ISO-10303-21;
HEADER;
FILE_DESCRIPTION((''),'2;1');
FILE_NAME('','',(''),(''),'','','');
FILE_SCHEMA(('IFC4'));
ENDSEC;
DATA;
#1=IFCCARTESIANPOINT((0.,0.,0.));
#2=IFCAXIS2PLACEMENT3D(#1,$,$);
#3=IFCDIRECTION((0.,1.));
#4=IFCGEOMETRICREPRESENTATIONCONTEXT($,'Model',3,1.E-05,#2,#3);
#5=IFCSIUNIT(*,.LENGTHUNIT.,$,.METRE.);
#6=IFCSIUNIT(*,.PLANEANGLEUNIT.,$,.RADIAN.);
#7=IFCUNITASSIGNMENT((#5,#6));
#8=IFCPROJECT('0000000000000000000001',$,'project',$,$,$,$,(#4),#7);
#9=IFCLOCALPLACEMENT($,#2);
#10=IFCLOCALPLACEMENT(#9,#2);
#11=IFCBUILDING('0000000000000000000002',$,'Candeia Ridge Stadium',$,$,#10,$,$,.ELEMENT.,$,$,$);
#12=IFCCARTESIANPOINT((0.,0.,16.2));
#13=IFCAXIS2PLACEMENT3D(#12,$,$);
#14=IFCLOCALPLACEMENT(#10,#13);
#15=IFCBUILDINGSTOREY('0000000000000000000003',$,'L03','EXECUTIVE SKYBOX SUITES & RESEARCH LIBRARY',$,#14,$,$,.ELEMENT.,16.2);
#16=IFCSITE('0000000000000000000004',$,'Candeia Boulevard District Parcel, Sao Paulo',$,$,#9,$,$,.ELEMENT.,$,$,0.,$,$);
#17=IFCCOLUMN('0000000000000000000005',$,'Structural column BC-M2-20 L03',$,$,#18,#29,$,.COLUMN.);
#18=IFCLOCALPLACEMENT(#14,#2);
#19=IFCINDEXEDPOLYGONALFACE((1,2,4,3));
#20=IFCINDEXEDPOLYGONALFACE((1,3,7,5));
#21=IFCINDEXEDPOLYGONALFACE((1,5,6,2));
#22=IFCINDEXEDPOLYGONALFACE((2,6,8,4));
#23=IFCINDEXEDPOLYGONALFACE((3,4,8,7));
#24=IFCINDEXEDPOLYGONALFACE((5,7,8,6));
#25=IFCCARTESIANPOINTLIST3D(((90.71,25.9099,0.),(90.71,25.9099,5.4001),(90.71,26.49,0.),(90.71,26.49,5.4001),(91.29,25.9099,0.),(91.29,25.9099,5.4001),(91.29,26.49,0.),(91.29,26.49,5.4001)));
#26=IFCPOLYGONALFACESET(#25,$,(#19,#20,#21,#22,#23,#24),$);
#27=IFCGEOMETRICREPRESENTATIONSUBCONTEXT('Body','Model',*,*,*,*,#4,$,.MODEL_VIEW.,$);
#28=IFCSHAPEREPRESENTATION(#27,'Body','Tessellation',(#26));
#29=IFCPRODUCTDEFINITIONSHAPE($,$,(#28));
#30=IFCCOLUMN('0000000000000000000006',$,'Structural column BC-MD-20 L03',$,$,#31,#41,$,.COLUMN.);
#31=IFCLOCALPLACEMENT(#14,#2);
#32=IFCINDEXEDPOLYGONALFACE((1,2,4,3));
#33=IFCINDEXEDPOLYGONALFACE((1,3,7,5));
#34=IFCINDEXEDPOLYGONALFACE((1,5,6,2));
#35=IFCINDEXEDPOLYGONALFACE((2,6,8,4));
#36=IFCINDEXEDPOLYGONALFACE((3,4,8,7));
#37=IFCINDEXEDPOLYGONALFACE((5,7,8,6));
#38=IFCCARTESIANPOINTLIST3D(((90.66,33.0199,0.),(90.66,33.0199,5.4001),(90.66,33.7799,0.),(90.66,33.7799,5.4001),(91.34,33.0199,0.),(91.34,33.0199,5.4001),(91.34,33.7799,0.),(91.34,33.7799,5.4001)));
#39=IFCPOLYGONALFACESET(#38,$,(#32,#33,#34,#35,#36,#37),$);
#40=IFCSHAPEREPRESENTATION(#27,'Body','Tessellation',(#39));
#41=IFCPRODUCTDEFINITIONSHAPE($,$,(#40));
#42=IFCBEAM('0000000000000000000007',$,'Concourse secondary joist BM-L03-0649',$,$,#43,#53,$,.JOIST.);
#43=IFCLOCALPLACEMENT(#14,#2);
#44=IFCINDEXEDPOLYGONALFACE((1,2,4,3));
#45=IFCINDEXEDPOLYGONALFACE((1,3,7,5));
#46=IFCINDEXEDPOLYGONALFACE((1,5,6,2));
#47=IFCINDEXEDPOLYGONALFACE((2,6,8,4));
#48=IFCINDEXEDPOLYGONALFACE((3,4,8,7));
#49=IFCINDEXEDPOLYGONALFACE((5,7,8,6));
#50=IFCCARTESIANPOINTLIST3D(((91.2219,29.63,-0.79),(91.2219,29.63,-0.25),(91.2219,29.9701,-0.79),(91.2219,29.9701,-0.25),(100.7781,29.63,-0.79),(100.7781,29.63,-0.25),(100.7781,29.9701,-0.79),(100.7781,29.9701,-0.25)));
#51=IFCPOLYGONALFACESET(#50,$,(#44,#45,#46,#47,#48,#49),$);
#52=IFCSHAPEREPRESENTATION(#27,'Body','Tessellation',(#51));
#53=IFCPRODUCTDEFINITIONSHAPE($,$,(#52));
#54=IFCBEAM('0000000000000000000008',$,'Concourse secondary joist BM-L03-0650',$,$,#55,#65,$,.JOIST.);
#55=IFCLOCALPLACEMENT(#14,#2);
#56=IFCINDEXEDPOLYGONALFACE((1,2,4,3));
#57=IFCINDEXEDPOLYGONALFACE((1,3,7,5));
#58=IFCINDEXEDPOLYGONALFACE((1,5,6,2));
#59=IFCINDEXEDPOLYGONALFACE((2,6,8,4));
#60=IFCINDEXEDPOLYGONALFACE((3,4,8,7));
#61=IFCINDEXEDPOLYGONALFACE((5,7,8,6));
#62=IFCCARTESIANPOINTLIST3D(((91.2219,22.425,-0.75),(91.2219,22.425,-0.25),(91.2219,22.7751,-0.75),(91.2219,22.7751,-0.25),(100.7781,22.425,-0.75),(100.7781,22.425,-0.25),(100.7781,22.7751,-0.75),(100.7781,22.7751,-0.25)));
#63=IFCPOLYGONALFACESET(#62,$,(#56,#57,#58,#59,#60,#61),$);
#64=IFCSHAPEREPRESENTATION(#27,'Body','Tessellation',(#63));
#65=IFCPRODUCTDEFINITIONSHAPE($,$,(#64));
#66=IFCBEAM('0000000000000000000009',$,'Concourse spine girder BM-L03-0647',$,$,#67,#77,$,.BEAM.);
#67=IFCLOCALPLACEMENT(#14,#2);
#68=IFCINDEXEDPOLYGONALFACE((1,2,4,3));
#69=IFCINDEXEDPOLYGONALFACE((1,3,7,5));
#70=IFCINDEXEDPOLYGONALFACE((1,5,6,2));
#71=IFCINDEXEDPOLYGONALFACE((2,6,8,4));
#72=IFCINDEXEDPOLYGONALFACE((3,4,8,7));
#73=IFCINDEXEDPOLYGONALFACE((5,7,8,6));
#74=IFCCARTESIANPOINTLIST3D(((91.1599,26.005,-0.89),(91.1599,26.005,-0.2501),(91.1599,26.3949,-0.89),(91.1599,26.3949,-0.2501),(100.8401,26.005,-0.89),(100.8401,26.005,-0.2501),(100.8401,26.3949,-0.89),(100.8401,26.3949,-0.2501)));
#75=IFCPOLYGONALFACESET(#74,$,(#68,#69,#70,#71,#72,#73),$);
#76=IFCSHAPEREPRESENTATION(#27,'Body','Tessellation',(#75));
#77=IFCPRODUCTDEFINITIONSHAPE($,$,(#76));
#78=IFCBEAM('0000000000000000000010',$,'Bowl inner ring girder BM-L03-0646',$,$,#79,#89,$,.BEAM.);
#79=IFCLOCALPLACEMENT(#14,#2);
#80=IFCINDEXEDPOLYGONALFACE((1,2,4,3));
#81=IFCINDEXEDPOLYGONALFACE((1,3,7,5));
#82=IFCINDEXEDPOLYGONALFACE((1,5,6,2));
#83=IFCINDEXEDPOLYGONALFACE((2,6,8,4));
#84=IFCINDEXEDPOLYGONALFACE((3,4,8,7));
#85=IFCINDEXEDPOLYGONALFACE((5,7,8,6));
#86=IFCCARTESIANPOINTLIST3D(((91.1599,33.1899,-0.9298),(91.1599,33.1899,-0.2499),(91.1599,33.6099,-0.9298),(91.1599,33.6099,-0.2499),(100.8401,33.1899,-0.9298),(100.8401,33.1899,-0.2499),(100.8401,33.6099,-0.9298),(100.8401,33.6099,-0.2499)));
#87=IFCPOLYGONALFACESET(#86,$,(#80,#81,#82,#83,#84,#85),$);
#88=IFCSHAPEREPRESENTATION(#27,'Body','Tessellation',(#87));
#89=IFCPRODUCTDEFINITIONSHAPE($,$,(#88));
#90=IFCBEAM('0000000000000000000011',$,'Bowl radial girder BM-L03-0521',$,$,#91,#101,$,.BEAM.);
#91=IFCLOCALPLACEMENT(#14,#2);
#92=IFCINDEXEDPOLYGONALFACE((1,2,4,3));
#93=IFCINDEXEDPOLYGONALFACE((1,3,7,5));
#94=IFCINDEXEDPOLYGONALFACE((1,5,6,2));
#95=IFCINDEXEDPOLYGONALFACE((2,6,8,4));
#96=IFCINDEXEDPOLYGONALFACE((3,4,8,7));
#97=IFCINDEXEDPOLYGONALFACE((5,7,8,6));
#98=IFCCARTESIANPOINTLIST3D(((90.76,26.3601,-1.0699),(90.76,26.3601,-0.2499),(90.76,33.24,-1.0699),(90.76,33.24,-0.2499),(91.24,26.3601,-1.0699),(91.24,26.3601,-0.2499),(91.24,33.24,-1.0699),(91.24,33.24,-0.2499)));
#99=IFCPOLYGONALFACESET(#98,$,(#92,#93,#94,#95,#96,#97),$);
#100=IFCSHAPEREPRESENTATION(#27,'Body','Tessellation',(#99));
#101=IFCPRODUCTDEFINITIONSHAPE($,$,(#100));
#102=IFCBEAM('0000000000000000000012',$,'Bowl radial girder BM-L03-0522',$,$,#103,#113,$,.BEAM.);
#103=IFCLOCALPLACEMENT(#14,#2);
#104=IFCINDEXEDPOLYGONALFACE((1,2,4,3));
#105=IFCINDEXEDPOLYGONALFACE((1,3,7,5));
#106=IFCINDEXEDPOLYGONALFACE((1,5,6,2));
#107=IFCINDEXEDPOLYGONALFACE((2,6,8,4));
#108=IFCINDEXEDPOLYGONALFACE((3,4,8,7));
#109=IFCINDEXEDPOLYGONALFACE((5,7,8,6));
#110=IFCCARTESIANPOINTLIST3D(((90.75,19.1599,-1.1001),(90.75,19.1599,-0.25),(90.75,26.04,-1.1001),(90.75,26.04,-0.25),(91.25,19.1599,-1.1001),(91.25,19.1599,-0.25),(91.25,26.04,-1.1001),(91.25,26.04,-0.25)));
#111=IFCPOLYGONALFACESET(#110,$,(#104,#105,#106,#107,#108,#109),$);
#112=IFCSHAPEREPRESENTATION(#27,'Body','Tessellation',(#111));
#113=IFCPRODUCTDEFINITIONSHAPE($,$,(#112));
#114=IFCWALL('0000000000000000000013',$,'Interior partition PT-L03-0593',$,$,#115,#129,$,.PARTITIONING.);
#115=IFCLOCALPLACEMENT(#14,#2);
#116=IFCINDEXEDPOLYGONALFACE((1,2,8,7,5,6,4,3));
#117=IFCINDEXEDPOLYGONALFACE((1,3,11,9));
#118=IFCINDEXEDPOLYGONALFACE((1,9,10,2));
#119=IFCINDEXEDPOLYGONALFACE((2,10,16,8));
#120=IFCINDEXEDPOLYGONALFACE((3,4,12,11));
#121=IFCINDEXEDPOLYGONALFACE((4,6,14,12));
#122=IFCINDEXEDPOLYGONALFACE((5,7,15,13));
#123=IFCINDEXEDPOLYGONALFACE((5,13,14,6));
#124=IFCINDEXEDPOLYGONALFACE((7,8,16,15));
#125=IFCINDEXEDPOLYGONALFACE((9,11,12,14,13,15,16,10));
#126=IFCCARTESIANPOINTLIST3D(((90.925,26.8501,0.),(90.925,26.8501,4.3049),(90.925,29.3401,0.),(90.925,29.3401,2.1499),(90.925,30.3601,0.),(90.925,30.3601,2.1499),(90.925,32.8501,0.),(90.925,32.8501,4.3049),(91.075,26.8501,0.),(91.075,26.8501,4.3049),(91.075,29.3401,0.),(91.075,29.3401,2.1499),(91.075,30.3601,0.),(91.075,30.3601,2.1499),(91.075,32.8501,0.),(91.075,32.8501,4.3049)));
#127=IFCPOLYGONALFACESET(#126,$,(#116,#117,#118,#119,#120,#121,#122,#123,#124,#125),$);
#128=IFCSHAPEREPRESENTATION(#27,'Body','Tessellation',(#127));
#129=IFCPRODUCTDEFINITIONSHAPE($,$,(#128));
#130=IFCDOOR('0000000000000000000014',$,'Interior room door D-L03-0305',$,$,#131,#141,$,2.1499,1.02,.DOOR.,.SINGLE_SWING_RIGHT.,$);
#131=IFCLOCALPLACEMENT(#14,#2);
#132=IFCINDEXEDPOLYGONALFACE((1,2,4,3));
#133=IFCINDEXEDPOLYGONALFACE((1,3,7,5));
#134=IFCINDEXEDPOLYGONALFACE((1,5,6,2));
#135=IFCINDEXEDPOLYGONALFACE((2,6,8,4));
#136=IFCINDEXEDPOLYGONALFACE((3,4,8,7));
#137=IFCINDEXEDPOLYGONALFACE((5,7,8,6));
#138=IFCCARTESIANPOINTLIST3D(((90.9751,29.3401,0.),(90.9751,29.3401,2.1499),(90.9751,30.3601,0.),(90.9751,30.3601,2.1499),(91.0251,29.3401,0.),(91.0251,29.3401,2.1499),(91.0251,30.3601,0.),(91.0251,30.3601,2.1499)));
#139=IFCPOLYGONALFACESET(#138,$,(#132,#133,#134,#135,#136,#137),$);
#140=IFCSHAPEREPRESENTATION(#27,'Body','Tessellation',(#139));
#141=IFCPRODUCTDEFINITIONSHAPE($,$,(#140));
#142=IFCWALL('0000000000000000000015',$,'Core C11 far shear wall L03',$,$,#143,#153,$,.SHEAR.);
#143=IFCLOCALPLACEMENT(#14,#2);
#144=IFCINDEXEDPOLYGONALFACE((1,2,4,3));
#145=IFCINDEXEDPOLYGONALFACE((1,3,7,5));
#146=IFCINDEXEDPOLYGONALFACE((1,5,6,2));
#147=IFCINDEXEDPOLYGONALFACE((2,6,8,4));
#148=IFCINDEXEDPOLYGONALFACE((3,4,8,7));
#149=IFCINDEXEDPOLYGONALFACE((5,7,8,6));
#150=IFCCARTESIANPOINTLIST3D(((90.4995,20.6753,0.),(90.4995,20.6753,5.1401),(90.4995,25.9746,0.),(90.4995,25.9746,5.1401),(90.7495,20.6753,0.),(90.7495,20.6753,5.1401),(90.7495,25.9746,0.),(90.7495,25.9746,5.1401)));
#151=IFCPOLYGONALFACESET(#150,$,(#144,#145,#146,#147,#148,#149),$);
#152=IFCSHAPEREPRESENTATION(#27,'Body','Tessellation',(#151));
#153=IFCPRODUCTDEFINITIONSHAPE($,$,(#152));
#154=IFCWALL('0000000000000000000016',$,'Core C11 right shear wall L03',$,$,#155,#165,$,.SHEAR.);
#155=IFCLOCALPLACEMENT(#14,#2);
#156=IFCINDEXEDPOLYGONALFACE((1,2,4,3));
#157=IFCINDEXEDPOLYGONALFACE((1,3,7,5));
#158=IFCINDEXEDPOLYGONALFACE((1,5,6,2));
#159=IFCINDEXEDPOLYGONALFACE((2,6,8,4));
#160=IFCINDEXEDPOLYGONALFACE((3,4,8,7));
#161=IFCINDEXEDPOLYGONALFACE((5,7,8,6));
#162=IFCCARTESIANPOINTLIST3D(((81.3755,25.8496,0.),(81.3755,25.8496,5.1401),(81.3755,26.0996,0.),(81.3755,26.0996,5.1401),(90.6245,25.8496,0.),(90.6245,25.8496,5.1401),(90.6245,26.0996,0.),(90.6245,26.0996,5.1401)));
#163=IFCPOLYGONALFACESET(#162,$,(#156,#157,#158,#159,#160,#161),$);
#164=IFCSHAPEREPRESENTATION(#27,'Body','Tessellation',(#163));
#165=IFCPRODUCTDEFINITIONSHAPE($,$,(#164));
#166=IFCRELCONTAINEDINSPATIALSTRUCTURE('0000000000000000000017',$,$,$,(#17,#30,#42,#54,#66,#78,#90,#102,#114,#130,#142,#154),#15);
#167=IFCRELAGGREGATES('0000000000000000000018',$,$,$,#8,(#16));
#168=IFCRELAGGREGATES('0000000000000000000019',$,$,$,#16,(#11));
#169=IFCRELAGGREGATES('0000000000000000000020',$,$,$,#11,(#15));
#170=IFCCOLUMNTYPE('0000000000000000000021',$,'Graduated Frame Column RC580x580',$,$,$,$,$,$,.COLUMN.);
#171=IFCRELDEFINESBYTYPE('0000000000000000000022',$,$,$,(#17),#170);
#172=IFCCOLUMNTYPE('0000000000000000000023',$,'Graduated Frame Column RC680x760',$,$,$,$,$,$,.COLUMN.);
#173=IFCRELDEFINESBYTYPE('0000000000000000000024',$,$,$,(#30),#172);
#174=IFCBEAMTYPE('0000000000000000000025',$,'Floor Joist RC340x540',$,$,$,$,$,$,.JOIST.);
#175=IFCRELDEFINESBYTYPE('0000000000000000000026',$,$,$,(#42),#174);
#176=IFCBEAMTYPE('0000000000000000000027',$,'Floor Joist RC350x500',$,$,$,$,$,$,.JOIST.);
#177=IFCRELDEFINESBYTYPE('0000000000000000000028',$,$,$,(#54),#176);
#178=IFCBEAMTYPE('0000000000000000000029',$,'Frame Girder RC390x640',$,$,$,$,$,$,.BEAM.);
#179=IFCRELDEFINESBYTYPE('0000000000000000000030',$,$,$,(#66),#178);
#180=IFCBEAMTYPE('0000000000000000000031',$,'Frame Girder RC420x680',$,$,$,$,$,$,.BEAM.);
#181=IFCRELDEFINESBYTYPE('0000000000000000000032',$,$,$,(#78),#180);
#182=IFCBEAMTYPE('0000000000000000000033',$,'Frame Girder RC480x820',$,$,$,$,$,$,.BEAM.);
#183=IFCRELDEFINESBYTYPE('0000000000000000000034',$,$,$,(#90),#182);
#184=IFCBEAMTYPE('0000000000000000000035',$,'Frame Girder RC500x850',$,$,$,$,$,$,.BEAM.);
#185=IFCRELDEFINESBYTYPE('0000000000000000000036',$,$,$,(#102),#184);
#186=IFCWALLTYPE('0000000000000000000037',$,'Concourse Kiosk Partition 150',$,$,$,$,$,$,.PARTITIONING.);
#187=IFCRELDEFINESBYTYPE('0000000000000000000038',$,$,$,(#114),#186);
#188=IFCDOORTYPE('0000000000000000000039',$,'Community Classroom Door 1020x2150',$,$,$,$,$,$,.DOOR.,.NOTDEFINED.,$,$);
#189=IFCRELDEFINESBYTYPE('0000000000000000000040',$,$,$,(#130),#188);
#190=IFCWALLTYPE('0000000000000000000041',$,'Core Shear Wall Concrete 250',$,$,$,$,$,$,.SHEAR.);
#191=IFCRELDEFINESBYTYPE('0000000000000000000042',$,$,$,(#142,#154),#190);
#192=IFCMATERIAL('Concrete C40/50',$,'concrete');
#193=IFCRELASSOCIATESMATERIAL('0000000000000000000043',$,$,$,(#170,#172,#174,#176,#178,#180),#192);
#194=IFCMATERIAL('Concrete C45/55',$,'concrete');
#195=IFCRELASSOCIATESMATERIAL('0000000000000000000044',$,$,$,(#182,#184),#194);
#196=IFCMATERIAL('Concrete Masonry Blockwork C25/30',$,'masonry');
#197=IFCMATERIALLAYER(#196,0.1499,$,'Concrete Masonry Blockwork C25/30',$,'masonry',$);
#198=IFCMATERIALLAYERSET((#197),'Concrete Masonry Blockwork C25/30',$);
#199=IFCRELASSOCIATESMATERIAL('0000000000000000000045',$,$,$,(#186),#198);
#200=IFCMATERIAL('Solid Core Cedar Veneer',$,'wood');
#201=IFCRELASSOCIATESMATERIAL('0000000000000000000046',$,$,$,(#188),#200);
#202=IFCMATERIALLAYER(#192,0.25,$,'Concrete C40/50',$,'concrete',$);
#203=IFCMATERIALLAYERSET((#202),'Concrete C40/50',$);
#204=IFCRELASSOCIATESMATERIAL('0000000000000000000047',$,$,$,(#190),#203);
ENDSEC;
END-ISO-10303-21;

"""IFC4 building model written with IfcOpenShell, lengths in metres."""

from ifc_helpers import new_model, si_unit, direction, frame, frame_2d, origin, origin_2d, place, context, subcontext, project, spatial, rectangle, extrude, material, layer, layer_set, material_profile, profile_set, type_object, element, fill, save


model = new_model("IFC4")

# Units and contexts
model_context = context("Model", 3, precision=1e-05, world=origin(), true_north=direction((0.0, 1.0)))
body_context = subcontext(model_context, "Body", "Model", "MODEL_VIEW")
ifc_project = project(units=[si_unit("LENGTHUNIT", "METRE"), si_unit("PLANEANGLEUNIT", "RADIAN")], contexts=[model_context])

# Site, building, storey
site_placement = place(None, origin())
site = spatial("IfcSite", under=ifc_project, at=site_placement, Name="Candeia Boulevard District Parcel, Sao Paulo", CompositionType="ELEMENT", RefElevation=0.0)
building_placement = place(site_placement, origin())
building = spatial("IfcBuilding", under=site, at=building_placement, Name="Candeia Ridge Stadium", CompositionType="ELEMENT")
storey_placement = place(building_placement, frame((0.0, 0.0, 16.2)))
storey = spatial("IfcBuildingStorey", under=building, at=storey_placement, Name="L03", Description="EXECUTIVE SKYBOX SUITES & RESEARCH LIBRARY", CompositionType="ELEMENT", Elevation=16.2)

# Columns
ifc_material_1 = material(Name="Concrete C40/50", Category="concrete")
ifc_material_profile_1 = material_profile(ifc_material_1, rectangle(XDim=0.5801, YDim=0.5801, at=origin_2d()), Name="RC580x580", Category="concrete")
ifc_profile_set_1 = profile_set([ifc_material_profile_1], Name="Concrete C40/50")
column_type_1 = type_object("IfcColumnType", Name="Graduated Frame Column RC580x580", PredefinedType="COLUMN", material=ifc_profile_set_1)
column_1_placement = place(storey_placement, frame((91.0, 26.2, 0.0), z_axis=(0.0, 0.0, 1.0), x_axis=(1.0, 0.0, 0.0)))
element("IfcColumn", 1, at=column_1_placement, inside=storey, type_object=column_type_1, Name="Structural column BC-M2-20 L03", PredefinedType="COLUMN", context=body_context, shape_type="SweptSolid", body=[
    extrude(rectangle(XDim=0.5801, YDim=0.5801, at=origin_2d()), origin(), (0.0, 0.0, 1.0), 5.4001),
])
ifc_material_profile_2 = material_profile(ifc_material_1, rectangle(XDim=0.6799, YDim=0.76, at=origin_2d()), Name="RC680x760", Category="concrete")
ifc_profile_set_2 = profile_set([ifc_material_profile_2], Name="Concrete C40/50")
column_type_2 = type_object("IfcColumnType", Name="Graduated Frame Column RC680x760", PredefinedType="COLUMN", material=ifc_profile_set_2)
column_2_placement = place(storey_placement, frame((91.0, 33.3999, 0.0), z_axis=(0.0, 0.0, 1.0), x_axis=(1.0, 0.0, 0.0)))
element("IfcColumn", 2, at=column_2_placement, inside=storey, type_object=column_type_2, Name="Structural column BC-MD-20 L03", PredefinedType="COLUMN", context=body_context, shape_type="SweptSolid", body=[
    extrude(rectangle(XDim=0.6799, YDim=0.76, at=origin_2d()), origin(), (0.0, 0.0, 1.0), 5.4001),
])

# Beams
ifc_material_profile_3 = material_profile(ifc_material_1, rectangle(XDim=0.3401, YDim=0.54, at=origin_2d()), Name="RC340x540", Category="concrete")
ifc_profile_set_3 = profile_set([ifc_material_profile_3], Name="Concrete C40/50")
beam_type_1 = type_object("IfcBeamType", Name="Floor Joist RC340x540", PredefinedType="JOIST", material=ifc_profile_set_3)
beam_1_placement = place(storey_placement, frame((91.2219, 29.8, -0.52), z_axis=(1.0, 0.0, 0.0), x_axis=(0.0, 1.0, 0.0)))
element("IfcBeam", 3, at=beam_1_placement, inside=storey, type_object=beam_type_1, Name="Concourse secondary joist BM-L03-0649", PredefinedType="JOIST", context=body_context, shape_type="SweptSolid", body=[
    extrude(rectangle(XDim=0.3401, YDim=0.54, at=origin_2d()), origin(), (0.0, 0.0, 1.0), 9.5562),
])
ifc_material_profile_4 = material_profile(ifc_material_1, rectangle(XDim=0.3501, YDim=0.5, at=origin_2d()), Name="RC350x500", Category="concrete")
ifc_profile_set_4 = profile_set([ifc_material_profile_4], Name="Concrete C40/50")
beam_type_2 = type_object("IfcBeamType", Name="Floor Joist RC350x500", PredefinedType="JOIST", material=ifc_profile_set_4)
beam_2_placement = place(storey_placement, frame((91.2219, 22.6001, -0.5), z_axis=(1.0, 0.0, 0.0), x_axis=(0.0, 1.0, 0.0)))
element("IfcBeam", 4, at=beam_2_placement, inside=storey, type_object=beam_type_2, Name="Concourse secondary joist BM-L03-0650", PredefinedType="JOIST", context=body_context, shape_type="SweptSolid", body=[
    extrude(rectangle(XDim=0.3501, YDim=0.5, at=origin_2d()), origin(), (0.0, 0.0, 1.0), 9.5562),
])
ifc_material_profile_5 = material_profile(ifc_material_1, rectangle(XDim=0.3899, YDim=0.6399, at=origin_2d()), Name="RC390x640", Category="concrete")
ifc_profile_set_5 = profile_set([ifc_material_profile_5], Name="Concrete C40/50")
beam_type_3 = type_object("IfcBeamType", Name="Frame Girder RC390x640", PredefinedType="BEAM", material=ifc_profile_set_5)
beam_3_placement = place(storey_placement, frame((91.1599, 26.2, -0.5701), z_axis=(1.0, 0.0, 0.0), x_axis=(0.0, 1.0, 0.0)))
element("IfcBeam", 5, at=beam_3_placement, inside=storey, type_object=beam_type_3, Name="Concourse spine girder BM-L03-0647", PredefinedType="BEAM", context=body_context, shape_type="SweptSolid", body=[
    extrude(rectangle(XDim=0.3899, YDim=0.6399, at=origin_2d()), origin(), (0.0, 0.0, 1.0), 9.6802),
])
ifc_material_profile_6 = material_profile(ifc_material_1, rectangle(XDim=0.4199, YDim=0.6799, at=origin_2d()), Name="RC420x680", Category="concrete")
ifc_profile_set_6 = profile_set([ifc_material_profile_6], Name="Concrete C40/50")
beam_type_4 = type_object("IfcBeamType", Name="Frame Girder RC420x680", PredefinedType="BEAM", material=ifc_profile_set_6)
beam_4_placement = place(storey_placement, frame((91.1599, 33.3999, -0.5898), z_axis=(1.0, 0.0, 0.0), x_axis=(0.0, 1.0, 0.0)))
element("IfcBeam", 6, at=beam_4_placement, inside=storey, type_object=beam_type_4, Name="Bowl inner ring girder BM-L03-0646", PredefinedType="BEAM", context=body_context, shape_type="SweptSolid", body=[
    extrude(rectangle(XDim=0.4199, YDim=0.6799, at=origin_2d()), origin(), (0.0, 0.0, 1.0), 9.6802),
])
ifc_material_2 = material(Name="Concrete C45/55", Category="concrete")
ifc_material_profile_7 = material_profile(ifc_material_2, rectangle(XDim=0.48, YDim=0.8201, at=origin_2d()), Name="RC480x820", Category="concrete")
ifc_profile_set_7 = profile_set([ifc_material_profile_7], Name="Concrete C45/55")
beam_type_5 = type_object("IfcBeamType", Name="Frame Girder RC480x820", PredefinedType="BEAM", material=ifc_profile_set_7)
beam_5_placement = place(storey_placement, frame((91.0, 33.24, -0.6599), z_axis=(0.0, -1.0, 0.0), x_axis=(1.0, 0.0, 0.0)))
element("IfcBeam", 7, at=beam_5_placement, inside=storey, type_object=beam_type_5, Name="Bowl radial girder BM-L03-0521", PredefinedType="BEAM", context=body_context, shape_type="SweptSolid", body=[
    extrude(rectangle(XDim=0.48, YDim=0.8201, at=origin_2d()), origin(), (0.0, 0.0, 1.0), 6.8799),
])
ifc_material_profile_8 = material_profile(ifc_material_2, rectangle(XDim=0.5, YDim=0.8501, at=origin_2d()), Name="RC500x850", Category="concrete")
ifc_profile_set_8 = profile_set([ifc_material_profile_8], Name="Concrete C45/55")
beam_type_6 = type_object("IfcBeamType", Name="Frame Girder RC500x850", PredefinedType="BEAM", material=ifc_profile_set_8)
beam_6_placement = place(storey_placement, frame((91.0, 26.04, -0.675), z_axis=(0.0, -1.0, 0.0), x_axis=(1.0, 0.0, 0.0)))
element("IfcBeam", 8, at=beam_6_placement, inside=storey, type_object=beam_type_6, Name="Bowl radial girder BM-L03-0522", PredefinedType="BEAM", context=body_context, shape_type="SweptSolid", body=[
    extrude(rectangle(XDim=0.5, YDim=0.8501, at=origin_2d()), origin(), (0.0, 0.0, 1.0), 6.8801),
])

# Wall, opening, door
ifc_material_3 = material(Name="Concrete Masonry Blockwork C25/30", Category="masonry")
ifc_layer_1 = layer(ifc_material_3, 0.1499, Name="Concrete Masonry Blockwork C25/30", Category="masonry")
ifc_layer_set_1 = layer_set([ifc_layer_1], Name="Concrete Masonry Blockwork C25/30")
wall_type_1 = type_object("IfcWallType", Name="Concourse Kiosk Partition 150", PredefinedType="PARTITIONING", material=ifc_layer_set_1)
wall_1_placement = place(storey_placement, frame((91.0, 32.8501, 0.0), z_axis=(0.0, 0.0, 1.0), x_axis=(0.0, -1.0, 0.0)))
wall_1 = element("IfcWall", 9, at=wall_1_placement, inside=storey, type_object=wall_type_1, Name="Interior partition PT-L03-0593", PredefinedType="PARTITIONING", context=body_context, shape_type="SweptSolid", body=[
    extrude(rectangle(XDim=6.0, YDim=0.1499, at=frame_2d((3.0, 0.0))), origin(), (0.0, 0.0, 1.0), 4.3049),
])
opening_placement = place(wall_1_placement, frame((2.49, 0.0, 0.0)))
opening = element("IfcOpeningElement", 10, at=opening_placement, cuts=wall_1, PredefinedType="OPENING", context=body_context, shape_type="SweptSolid", body=[
    extrude(rectangle(XDim=1.02, YDim=2.1499, at=frame_2d((0.51, 1.075))), frame((0.0, 0.085, 0.0), z_axis=(0.0, -1.0, 0.0), x_axis=(1.0, 0.0, 0.0)), (0.0, 0.0, 1.0), 0.1699),
])
ifc_material_4 = material(Name="Solid Core Cedar Veneer", Category="wood")
door_type = type_object("IfcDoorType", Name="Community Classroom Door 1020x2150", OperationType="NOTDEFINED", PredefinedType="DOOR", material=ifc_material_4)
door_placement = place(opening_placement, frame((1.02, 0.0, 0.0), z_axis=(0.0, 0.0, 1.0), x_axis=(-1.0, 0.0, 0.0)))
door = element("IfcDoor", 11, at=door_placement, inside=storey, type_object=door_type, Name="Interior room door D-L03-0305", OperationType="SINGLE_SWING_RIGHT", OverallHeight=2.1499, OverallWidth=1.02, PredefinedType="DOOR", context=body_context, shape_type="SweptSolid", body=[
    extrude(rectangle(XDim=1.02, YDim=2.1499, at=frame_2d((0.51, 1.075))), frame((0.0, 0.0249, 0.0), z_axis=(0.0, -1.0, 0.0), x_axis=(1.0, 0.0, 0.0)), (0.0, 0.0, 1.0), 0.05),
])
fill(opening, door)

# Walls
ifc_layer_2 = layer(ifc_material_1, 0.25, Name="Concrete C40/50", Category="concrete")
ifc_layer_set_2 = layer_set([ifc_layer_2], Name="Concrete C40/50")
wall_type_2 = type_object("IfcWallType", Name="Core Shear Wall Concrete 250", PredefinedType="SHEAR", material=ifc_layer_set_2)
wall_2_placement = place(storey_placement, frame((90.6245, 20.6753, 0.0), z_axis=(0.0, 0.0, 1.0), x_axis=(0.0, 1.0, 0.0)))
element("IfcWall", 12, at=wall_2_placement, inside=storey, type_object=wall_type_2, Name="Core C11 far shear wall L03", PredefinedType="SHEAR", context=body_context, shape_type="SweptSolid", body=[
    extrude(rectangle(XDim=5.2993, YDim=0.25, at=frame_2d((2.6497, 0.0))), origin(), (0.0, 0.0, 1.0), 5.1401),
])
wall_3_placement = place(storey_placement, frame((90.6245, 25.9746, 0.0), z_axis=(0.0, 0.0, 1.0), x_axis=(-1.0, 0.0, 0.0)))
element("IfcWall", 13, at=wall_3_placement, inside=storey, type_object=wall_type_2, Name="Core C11 right shear wall L03", PredefinedType="SHEAR", context=body_context, shape_type="SweptSolid", body=[
    extrude(rectangle(XDim=9.249, YDim=0.25, at=frame_2d((4.6245, 0.0))), origin(), (0.0, 0.0, 1.0), 5.1401),
])

save(model, "model.ifc")
